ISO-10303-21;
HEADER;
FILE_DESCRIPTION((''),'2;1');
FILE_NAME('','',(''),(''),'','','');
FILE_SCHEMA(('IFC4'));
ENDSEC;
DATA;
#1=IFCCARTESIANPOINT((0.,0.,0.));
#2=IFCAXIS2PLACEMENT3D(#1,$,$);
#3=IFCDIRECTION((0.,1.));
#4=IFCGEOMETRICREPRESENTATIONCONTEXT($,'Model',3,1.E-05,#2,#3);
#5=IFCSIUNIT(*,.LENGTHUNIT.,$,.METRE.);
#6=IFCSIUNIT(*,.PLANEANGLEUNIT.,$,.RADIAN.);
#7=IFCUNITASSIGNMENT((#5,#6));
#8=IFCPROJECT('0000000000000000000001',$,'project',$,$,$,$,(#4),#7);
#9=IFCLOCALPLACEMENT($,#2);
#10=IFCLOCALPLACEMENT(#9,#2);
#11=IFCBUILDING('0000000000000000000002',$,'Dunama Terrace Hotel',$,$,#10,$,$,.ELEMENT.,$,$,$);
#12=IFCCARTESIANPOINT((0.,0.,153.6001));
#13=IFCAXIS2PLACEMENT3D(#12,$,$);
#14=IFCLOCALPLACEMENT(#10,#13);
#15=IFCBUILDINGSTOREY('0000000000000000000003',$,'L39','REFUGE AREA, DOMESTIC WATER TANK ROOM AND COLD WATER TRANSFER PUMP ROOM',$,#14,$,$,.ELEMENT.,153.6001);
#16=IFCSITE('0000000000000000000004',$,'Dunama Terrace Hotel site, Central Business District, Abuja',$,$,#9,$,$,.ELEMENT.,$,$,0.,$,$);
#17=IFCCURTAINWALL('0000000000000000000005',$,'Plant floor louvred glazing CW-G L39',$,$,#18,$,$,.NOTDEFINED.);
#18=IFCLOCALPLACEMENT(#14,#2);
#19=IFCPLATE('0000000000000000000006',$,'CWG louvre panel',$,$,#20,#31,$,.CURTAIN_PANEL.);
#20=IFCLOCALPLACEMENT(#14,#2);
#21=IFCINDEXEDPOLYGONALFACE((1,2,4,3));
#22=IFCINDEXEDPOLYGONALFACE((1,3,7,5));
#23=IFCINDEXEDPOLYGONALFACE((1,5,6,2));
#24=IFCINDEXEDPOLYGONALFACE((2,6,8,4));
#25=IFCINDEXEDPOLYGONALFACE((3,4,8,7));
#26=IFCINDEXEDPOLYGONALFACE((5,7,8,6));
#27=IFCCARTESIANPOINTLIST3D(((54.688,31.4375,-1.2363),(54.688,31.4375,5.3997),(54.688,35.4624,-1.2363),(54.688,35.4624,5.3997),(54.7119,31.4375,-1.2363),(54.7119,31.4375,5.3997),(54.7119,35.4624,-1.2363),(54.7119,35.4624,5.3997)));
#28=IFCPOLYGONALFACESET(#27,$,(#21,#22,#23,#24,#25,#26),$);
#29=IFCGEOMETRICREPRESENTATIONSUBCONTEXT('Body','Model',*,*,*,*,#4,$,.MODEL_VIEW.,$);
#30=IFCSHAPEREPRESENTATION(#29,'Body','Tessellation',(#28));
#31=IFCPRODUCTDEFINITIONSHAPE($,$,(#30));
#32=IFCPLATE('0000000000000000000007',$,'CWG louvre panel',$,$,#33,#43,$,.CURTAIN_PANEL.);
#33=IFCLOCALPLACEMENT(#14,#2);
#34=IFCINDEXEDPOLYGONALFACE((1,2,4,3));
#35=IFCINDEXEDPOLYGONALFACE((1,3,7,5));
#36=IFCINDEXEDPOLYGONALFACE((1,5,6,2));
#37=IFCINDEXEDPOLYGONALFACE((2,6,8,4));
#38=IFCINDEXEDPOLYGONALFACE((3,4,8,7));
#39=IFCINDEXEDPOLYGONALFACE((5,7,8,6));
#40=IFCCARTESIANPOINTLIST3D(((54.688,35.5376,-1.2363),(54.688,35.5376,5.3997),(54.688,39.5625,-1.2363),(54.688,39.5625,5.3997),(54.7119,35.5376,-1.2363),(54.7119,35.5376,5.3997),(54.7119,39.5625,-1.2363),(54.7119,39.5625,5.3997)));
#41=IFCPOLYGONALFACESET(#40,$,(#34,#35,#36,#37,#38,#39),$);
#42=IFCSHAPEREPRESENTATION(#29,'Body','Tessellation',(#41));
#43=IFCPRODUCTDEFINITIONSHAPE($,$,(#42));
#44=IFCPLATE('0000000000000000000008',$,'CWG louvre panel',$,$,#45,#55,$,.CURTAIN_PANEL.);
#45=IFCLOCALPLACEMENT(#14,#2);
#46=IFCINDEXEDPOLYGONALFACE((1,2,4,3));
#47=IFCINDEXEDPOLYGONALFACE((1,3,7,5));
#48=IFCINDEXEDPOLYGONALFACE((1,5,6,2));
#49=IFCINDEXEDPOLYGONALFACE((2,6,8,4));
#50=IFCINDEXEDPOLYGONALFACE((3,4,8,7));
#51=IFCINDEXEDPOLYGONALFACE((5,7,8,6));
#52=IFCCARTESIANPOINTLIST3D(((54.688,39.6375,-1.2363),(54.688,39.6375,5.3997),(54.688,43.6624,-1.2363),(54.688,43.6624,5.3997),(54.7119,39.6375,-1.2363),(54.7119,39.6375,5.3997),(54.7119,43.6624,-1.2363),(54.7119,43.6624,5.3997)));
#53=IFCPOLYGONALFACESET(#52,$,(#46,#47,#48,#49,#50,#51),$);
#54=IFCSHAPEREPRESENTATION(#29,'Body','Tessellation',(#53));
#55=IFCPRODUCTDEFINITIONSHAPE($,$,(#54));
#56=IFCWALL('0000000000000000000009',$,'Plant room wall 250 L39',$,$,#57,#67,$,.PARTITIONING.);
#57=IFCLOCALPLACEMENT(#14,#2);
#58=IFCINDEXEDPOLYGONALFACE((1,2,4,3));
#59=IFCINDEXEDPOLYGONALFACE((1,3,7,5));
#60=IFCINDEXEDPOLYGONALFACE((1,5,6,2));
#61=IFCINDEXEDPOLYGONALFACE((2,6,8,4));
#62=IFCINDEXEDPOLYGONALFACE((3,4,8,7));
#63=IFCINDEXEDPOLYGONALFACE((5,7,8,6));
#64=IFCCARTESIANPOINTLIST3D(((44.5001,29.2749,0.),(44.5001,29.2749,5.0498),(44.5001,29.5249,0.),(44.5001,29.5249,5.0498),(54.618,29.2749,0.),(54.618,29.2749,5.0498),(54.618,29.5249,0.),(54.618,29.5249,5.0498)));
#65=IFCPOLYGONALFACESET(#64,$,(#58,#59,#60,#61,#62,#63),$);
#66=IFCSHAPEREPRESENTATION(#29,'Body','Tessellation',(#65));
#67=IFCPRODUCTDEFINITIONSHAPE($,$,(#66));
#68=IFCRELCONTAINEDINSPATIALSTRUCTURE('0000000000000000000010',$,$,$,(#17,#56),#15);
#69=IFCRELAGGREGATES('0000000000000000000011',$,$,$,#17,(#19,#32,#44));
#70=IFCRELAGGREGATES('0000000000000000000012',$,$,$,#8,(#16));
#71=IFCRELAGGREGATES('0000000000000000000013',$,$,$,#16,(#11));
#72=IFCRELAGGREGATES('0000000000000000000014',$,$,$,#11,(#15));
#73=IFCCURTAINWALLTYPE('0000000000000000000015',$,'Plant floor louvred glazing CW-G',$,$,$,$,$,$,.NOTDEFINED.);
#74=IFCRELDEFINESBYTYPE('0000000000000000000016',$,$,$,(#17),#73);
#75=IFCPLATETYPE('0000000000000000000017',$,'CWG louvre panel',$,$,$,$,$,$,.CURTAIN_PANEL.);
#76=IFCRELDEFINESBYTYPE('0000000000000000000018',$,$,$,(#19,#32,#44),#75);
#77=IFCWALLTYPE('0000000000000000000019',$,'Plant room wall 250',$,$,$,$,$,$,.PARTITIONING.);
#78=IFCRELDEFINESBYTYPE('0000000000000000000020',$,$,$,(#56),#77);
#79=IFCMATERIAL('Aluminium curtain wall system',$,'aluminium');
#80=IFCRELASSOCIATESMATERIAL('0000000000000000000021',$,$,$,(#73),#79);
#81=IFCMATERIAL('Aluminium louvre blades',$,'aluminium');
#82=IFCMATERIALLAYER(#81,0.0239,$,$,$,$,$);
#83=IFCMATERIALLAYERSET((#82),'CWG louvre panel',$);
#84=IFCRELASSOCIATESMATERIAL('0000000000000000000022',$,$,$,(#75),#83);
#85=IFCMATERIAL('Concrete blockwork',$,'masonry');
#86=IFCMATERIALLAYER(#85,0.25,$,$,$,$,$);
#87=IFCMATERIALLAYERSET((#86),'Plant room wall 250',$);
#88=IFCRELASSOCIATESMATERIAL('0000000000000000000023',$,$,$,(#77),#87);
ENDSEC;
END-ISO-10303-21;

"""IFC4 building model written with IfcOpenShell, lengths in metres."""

from ifc_helpers import new_model, si_unit, direction, frame, frame_2d, origin, origin_2d, place, context, subcontext, project, spatial, rectangle, extrude, material, layer, layer_set, type_object, element, aggregate, save


model = new_model("IFC4")

# Units and contexts
model_context = context("Model", 3, precision=1e-05, world=origin(), true_north=direction((0.0, 1.0)))
body_context = subcontext(model_context, "Body", "Model", "MODEL_VIEW")
ifc_project = project(units=[si_unit("LENGTHUNIT", "METRE"), si_unit("PLANEANGLEUNIT", "RADIAN")], contexts=[model_context])

# Site, building, storey
site_placement = place(None, origin())
site = spatial("IfcSite", under=ifc_project, at=site_placement, Name="Dunama Terrace Hotel site, Central Business District, Abuja", CompositionType="ELEMENT", RefElevation=0.0)
building_placement = place(site_placement, origin())
building = spatial("IfcBuilding", under=site, at=building_placement, Name="Dunama Terrace Hotel", CompositionType="ELEMENT")
storey_placement = place(building_placement, frame((0.0, 0.0, 153.6001)))
storey = spatial("IfcBuildingStorey", under=building, at=storey_placement, Name="L39", Description="REFUGE AREA, DOMESTIC WATER TANK ROOM AND COLD WATER TRANSFER PUMP ROOM", CompositionType="ELEMENT", Elevation=153.6001)

# Curtain wall
ifc_material_1 = material(Name="Aluminium curtain wall system", Category="aluminium")
curtain_wall_type = type_object("IfcCurtainWallType", Name="Plant floor louvred glazing CW-G", PredefinedType="NOTDEFINED", material=ifc_material_1)
curtain_wall_placement = place(storey_placement, origin())
curtain_wall = element("IfcCurtainWall", 1, at=curtain_wall_placement, inside=storey, type_object=curtain_wall_type, Name="Plant floor louvred glazing CW-G L39", PredefinedType="NOTDEFINED")

# Plates
ifc_material_2 = material(Name="Aluminium louvre blades", Category="aluminium")
ifc_layer_1 = layer(ifc_material_2, 0.0239)
ifc_layer_set_1 = layer_set([ifc_layer_1], Name="CWG louvre panel")
plate_type = type_object("IfcPlateType", Name="CWG louvre panel", PredefinedType="CURTAIN_PANEL", material=ifc_layer_set_1)
plate_1_placement = place(storey_placement, frame((54.7, 33.45, -1.2363), z_axis=(0.0, 0.0, 1.0), x_axis=(0.0, 1.0, 0.0)))
plate_1 = element("IfcPlate", 2, at=plate_1_placement, type_object=plate_type, Name="CWG louvre panel", PredefinedType="CURTAIN_PANEL", context=body_context, shape_type="SweptSolid", body=[
    extrude(rectangle(XDim=4.0249, YDim=0.0239, at=origin_2d()), origin(), (0.0, 0.0, 1.0), 6.636),
])
plate_2_placement = place(storey_placement, frame((54.7, 37.55, -1.2363), z_axis=(0.0, 0.0, 1.0), x_axis=(0.0, 1.0, 0.0)))
plate_2 = element("IfcPlate", 3, at=plate_2_placement, type_object=plate_type, Name="CWG louvre panel", PredefinedType="CURTAIN_PANEL", context=body_context, shape_type="SweptSolid", body=[
    extrude(rectangle(XDim=4.0249, YDim=0.0239, at=origin_2d()), origin(), (0.0, 0.0, 1.0), 6.636),
])
plate_3_placement = place(storey_placement, frame((54.7, 41.6499, -1.2363), z_axis=(0.0, 0.0, 1.0), x_axis=(0.0, 1.0, 0.0)))
plate_3 = element("IfcPlate", 4, at=plate_3_placement, type_object=plate_type, Name="CWG louvre panel", PredefinedType="CURTAIN_PANEL", context=body_context, shape_type="SweptSolid", body=[
    extrude(rectangle(XDim=4.0249, YDim=0.0239, at=origin_2d()), origin(), (0.0, 0.0, 1.0), 6.636),
])
aggregate(curtain_wall, [plate_1, plate_2, plate_3])

# Wall
ifc_material_3 = material(Name="Concrete blockwork", Category="masonry")
ifc_layer_2 = layer(ifc_material_3, 0.25)
ifc_layer_set_2 = layer_set([ifc_layer_2], Name="Plant room wall 250")
wall_type = type_object("IfcWallType", Name="Plant room wall 250", PredefinedType="PARTITIONING", material=ifc_layer_set_2)
wall_placement = place(storey_placement, frame((44.5, 29.3999, 0.0), z_axis=(0.0, 0.0, 1.0), x_axis=(1.0, 0.0, 0.0)))
element("IfcWall", 5, at=wall_placement, inside=storey, type_object=wall_type, Name="Plant room wall 250 L39", PredefinedType="PARTITIONING", context=body_context, shape_type="SweptSolid", body=[
    extrude(rectangle(XDim=10.1179, YDim=0.25, at=frame_2d((5.0591, 0.0))), origin(), (0.0, 0.0, 1.0), 5.0498),
])

save(model, "model.ifc")
